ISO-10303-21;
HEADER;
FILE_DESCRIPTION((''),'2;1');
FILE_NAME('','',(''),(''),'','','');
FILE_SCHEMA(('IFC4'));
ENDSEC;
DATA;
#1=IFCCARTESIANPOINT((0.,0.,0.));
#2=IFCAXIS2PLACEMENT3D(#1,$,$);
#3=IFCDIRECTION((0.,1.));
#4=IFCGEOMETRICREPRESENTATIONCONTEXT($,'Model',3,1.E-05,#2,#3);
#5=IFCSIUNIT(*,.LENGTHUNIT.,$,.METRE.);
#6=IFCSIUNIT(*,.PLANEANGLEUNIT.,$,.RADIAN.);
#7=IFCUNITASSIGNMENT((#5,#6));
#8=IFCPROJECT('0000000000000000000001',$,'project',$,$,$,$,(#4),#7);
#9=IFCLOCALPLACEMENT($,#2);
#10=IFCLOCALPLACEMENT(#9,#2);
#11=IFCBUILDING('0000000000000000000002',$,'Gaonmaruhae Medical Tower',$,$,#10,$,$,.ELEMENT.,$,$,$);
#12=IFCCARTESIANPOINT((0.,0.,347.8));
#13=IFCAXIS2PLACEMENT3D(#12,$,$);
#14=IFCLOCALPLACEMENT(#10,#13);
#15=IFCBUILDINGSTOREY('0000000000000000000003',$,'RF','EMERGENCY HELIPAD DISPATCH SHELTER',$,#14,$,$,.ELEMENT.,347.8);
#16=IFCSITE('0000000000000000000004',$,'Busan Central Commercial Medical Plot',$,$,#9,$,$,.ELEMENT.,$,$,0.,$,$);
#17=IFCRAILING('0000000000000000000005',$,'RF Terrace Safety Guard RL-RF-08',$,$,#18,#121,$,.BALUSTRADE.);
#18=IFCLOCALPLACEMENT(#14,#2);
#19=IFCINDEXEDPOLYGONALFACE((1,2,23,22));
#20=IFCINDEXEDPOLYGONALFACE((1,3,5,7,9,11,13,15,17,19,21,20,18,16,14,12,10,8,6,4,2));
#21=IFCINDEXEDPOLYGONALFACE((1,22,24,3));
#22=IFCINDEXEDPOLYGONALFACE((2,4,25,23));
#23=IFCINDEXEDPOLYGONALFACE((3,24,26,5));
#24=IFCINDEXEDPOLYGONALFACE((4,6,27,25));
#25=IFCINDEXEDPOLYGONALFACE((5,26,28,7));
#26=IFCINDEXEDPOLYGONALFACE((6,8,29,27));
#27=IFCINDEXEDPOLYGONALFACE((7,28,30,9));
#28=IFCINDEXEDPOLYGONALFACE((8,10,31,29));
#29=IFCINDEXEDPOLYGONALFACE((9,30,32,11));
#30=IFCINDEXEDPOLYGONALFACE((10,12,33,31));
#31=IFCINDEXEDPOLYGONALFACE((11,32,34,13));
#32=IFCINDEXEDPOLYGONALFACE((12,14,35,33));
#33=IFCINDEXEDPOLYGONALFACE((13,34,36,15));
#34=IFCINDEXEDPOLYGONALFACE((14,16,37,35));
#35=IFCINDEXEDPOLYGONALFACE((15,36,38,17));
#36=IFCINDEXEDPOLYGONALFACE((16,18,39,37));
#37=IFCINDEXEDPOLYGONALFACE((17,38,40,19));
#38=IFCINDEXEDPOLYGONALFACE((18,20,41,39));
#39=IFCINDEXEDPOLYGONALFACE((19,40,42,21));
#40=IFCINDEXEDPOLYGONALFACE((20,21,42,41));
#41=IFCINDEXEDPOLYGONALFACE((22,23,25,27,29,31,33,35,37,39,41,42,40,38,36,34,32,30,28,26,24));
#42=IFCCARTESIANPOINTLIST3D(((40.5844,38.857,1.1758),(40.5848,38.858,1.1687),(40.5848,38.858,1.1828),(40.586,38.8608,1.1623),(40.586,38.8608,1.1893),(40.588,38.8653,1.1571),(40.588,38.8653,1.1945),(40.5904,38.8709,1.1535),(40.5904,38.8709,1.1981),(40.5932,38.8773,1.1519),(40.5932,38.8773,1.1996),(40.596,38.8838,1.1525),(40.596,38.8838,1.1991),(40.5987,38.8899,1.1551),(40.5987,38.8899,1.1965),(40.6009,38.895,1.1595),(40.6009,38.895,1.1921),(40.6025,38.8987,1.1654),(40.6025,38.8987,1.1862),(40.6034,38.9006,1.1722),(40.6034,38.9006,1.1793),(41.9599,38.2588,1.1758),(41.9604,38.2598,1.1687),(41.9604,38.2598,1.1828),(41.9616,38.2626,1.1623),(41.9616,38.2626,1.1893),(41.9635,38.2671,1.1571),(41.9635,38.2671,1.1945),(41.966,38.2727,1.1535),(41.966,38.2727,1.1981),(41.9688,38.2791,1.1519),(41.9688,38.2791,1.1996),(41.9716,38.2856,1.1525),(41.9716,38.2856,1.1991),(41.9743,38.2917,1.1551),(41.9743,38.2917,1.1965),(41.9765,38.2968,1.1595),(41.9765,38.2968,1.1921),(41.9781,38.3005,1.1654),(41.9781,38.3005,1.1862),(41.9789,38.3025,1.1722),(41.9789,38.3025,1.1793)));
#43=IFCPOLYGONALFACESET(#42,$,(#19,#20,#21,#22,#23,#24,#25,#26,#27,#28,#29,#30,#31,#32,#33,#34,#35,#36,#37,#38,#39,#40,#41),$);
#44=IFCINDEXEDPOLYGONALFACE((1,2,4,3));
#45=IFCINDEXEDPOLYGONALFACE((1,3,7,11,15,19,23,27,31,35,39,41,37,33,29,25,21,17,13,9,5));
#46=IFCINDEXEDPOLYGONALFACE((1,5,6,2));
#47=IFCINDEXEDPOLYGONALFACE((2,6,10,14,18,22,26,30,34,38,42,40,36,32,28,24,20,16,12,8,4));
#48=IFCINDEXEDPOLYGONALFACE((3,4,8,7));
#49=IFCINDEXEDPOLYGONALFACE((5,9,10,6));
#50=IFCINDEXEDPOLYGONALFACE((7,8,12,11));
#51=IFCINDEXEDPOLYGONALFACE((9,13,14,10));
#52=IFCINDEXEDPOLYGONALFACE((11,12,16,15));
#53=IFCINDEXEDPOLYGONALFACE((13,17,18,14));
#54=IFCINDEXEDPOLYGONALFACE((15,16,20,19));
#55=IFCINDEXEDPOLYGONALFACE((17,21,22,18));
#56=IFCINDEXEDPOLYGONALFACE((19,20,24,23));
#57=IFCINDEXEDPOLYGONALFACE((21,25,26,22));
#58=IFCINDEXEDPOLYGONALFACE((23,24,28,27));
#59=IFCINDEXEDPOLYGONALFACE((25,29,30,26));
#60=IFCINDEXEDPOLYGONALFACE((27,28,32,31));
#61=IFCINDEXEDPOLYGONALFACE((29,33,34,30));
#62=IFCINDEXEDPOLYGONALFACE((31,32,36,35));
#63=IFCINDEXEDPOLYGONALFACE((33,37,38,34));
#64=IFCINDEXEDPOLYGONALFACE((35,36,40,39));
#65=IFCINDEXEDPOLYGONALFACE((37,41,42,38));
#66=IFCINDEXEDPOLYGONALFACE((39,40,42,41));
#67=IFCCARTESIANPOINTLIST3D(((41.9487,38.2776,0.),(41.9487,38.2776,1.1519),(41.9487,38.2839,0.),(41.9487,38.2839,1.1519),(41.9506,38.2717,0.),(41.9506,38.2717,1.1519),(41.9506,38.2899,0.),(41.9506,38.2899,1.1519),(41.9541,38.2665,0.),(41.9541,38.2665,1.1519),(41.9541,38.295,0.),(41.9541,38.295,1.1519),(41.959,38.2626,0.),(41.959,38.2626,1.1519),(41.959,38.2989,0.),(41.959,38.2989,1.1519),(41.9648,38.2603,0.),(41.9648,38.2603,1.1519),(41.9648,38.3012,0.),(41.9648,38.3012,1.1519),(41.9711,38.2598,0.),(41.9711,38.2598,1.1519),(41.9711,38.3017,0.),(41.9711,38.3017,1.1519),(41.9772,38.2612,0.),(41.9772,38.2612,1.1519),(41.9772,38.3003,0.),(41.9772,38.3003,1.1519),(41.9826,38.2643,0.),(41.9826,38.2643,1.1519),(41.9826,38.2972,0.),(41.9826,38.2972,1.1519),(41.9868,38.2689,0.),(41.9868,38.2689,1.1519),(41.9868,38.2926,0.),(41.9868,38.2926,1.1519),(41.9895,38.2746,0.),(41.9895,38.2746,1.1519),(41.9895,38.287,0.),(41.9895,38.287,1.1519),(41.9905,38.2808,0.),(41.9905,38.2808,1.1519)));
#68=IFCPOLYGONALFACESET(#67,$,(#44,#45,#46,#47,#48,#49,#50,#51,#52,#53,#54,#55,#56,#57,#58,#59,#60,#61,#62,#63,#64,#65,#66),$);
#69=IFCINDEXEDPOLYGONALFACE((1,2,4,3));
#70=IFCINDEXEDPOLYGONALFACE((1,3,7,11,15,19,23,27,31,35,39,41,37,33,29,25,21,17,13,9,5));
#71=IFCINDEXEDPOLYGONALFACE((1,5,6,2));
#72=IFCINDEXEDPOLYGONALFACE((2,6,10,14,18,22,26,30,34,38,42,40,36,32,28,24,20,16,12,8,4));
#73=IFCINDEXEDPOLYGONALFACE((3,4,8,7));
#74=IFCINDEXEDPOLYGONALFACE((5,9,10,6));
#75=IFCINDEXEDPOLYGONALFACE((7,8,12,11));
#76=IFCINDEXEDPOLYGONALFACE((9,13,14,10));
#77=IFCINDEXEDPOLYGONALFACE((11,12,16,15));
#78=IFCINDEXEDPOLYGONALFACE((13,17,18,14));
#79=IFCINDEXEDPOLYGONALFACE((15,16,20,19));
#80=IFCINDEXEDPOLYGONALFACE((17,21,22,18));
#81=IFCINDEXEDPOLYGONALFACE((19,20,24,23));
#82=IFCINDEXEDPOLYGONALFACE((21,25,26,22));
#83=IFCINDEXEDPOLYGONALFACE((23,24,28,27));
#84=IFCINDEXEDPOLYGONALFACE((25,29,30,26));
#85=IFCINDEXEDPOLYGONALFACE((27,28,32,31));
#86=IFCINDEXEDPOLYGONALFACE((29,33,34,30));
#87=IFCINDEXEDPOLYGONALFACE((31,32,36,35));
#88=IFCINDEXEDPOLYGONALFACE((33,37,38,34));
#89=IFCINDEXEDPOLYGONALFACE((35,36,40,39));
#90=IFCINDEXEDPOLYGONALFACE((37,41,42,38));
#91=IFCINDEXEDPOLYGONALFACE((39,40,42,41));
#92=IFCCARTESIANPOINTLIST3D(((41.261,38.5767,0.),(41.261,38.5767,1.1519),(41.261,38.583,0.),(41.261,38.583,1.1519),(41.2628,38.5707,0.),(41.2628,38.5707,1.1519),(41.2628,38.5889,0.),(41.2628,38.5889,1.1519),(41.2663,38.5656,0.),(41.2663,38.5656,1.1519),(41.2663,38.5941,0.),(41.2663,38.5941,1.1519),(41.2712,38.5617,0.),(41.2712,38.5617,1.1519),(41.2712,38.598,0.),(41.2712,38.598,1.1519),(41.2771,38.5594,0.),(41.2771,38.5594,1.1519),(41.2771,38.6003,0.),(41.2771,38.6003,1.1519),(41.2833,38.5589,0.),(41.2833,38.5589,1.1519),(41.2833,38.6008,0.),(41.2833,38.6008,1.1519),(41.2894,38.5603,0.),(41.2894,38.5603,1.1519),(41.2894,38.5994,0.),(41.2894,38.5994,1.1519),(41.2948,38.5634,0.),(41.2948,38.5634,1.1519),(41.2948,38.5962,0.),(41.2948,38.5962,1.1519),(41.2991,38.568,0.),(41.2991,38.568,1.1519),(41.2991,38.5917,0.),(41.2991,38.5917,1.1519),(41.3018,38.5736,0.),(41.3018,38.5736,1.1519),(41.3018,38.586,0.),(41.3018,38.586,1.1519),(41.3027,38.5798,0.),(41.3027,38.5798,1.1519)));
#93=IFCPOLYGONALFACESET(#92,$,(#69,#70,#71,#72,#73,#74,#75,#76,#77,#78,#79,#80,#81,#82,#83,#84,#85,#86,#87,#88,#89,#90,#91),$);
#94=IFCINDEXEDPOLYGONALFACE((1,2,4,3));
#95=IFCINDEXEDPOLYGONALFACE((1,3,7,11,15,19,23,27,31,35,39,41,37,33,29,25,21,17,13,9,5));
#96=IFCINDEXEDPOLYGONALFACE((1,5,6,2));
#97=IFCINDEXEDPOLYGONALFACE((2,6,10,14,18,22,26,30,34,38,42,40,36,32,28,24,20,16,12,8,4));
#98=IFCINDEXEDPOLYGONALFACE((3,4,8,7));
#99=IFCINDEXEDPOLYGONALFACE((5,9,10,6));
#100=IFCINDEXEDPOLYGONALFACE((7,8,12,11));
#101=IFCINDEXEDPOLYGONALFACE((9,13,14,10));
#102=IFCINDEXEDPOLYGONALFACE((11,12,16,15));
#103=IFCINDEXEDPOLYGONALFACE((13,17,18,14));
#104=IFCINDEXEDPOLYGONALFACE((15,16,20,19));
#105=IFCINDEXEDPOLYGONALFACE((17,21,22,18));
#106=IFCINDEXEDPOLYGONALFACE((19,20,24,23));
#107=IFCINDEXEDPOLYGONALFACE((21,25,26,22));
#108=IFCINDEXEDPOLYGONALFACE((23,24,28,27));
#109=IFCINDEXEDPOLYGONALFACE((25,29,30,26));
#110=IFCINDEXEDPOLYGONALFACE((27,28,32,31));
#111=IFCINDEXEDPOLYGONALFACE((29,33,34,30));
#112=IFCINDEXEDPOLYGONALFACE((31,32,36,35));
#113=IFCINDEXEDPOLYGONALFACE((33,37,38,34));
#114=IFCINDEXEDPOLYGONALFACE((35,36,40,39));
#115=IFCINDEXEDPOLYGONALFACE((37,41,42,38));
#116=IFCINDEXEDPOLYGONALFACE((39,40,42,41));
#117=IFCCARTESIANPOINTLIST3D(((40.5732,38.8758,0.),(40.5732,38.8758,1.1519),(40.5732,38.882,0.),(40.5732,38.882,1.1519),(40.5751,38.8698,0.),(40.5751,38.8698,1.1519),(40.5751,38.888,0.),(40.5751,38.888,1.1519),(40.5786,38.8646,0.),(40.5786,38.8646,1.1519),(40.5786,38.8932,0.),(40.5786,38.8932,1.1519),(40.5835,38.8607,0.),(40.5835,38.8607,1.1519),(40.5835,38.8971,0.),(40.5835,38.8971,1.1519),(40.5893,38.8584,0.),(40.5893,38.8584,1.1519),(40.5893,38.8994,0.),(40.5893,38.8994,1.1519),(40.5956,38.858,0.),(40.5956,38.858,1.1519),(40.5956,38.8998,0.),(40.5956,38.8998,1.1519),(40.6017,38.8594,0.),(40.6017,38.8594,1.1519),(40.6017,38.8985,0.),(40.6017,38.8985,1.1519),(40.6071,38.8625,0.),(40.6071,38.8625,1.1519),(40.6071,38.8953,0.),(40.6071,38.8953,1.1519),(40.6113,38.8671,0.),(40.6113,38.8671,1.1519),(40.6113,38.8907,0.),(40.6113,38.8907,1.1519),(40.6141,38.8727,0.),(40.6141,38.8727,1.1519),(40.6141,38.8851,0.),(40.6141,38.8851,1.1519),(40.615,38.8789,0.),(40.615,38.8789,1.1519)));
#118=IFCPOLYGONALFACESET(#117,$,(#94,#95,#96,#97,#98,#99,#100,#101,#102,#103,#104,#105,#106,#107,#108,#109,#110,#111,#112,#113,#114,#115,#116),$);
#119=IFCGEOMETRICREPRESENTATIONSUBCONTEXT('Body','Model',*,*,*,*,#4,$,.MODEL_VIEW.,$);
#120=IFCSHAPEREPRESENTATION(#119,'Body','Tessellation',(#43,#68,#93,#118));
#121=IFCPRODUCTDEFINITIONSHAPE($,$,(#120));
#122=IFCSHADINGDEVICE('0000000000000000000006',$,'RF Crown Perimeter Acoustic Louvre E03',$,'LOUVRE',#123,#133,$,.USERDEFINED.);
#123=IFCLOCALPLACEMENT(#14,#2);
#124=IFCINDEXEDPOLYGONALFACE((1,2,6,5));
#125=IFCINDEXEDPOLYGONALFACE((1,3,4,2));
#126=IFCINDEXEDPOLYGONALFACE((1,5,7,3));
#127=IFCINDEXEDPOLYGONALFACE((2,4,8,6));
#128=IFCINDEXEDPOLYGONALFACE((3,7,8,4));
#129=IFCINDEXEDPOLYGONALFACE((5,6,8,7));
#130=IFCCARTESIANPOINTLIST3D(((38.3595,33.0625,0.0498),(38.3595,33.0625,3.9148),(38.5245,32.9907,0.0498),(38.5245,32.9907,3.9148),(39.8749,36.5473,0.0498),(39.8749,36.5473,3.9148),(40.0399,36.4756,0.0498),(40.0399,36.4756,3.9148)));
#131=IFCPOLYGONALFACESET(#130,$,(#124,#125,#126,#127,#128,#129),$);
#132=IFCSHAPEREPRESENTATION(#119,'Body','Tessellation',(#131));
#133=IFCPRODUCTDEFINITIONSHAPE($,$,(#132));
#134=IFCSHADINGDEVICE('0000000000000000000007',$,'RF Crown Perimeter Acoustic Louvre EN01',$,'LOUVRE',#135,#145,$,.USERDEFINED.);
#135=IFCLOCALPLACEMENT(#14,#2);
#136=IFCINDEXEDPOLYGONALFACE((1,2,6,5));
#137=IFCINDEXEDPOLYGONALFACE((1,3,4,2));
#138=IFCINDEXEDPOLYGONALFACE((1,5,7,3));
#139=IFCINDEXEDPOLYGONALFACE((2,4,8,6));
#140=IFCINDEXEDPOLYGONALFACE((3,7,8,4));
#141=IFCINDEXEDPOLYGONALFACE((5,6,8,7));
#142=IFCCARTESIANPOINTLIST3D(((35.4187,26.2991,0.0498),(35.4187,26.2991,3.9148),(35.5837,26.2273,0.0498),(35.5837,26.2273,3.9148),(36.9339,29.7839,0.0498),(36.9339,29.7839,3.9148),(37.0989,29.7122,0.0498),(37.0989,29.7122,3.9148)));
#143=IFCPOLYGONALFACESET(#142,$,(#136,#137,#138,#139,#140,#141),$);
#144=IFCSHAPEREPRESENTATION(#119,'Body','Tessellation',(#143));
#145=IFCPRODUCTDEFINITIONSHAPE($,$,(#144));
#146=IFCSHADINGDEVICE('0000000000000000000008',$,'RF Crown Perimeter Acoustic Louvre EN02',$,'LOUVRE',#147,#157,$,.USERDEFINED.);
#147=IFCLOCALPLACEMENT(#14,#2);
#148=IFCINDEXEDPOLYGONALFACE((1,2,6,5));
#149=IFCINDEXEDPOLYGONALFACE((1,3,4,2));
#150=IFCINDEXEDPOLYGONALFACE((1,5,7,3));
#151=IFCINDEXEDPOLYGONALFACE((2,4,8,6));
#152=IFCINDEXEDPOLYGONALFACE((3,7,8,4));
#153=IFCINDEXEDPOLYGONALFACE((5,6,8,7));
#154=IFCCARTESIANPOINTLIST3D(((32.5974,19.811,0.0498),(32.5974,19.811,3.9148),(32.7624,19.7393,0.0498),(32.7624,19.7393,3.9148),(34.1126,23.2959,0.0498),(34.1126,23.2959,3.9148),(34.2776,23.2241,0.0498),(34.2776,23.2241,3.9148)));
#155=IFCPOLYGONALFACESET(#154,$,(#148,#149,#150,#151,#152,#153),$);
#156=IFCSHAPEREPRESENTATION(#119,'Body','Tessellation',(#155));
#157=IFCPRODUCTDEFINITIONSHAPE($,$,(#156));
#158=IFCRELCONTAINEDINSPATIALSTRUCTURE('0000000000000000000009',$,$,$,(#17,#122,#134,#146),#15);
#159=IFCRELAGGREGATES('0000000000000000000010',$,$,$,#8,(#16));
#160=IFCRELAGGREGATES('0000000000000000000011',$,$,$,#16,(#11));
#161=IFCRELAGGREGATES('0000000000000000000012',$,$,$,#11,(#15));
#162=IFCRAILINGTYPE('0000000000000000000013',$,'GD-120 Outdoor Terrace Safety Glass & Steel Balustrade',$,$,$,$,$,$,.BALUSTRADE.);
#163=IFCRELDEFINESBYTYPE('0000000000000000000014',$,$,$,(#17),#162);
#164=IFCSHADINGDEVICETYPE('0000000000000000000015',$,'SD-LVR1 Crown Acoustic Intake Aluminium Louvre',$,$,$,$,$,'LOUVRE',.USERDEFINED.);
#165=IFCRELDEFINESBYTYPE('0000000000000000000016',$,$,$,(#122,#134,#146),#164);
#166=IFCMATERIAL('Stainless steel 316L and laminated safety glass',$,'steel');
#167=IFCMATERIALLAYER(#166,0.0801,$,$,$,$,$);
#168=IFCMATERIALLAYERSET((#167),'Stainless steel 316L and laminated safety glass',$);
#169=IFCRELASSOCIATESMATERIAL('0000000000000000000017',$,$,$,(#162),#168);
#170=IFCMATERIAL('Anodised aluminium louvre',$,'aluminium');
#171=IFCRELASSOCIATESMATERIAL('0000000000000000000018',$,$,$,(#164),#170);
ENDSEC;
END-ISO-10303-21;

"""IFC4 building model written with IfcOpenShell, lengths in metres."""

from ifc_helpers import new_model, si_unit, direction, frame, origin, origin_2d, place, context, subcontext, project, spatial, rectangle, circle, extrude, material, layer, layer_set, type_object, element, save


model = new_model("IFC4")

# Units and contexts
model_context = context("Model", 3, precision=1e-05, world=origin(), true_north=direction((0.0, 1.0)))
body_context = subcontext(model_context, "Body", "Model", "MODEL_VIEW")
ifc_project = project(units=[si_unit("LENGTHUNIT", "METRE"), si_unit("PLANEANGLEUNIT", "RADIAN")], contexts=[model_context])

# Site, building, storey
site_placement = place(None, origin())
site = spatial("IfcSite", under=ifc_project, at=site_placement, Name="Busan Central Commercial Medical Plot", CompositionType="ELEMENT", RefElevation=0.0)
building_placement = place(site_placement, origin())
building = spatial("IfcBuilding", under=site, at=building_placement, Name="Gaonmaruhae Medical Tower", CompositionType="ELEMENT")
storey_placement = place(building_placement, frame((0.0, 0.0, 347.8)))
storey = spatial("IfcBuildingStorey", under=building, at=storey_placement, Name="RF", Description="EMERGENCY HELIPAD DISPATCH SHELTER", CompositionType="ELEMENT", Elevation=347.8)

# Railing
ifc_material_1 = material(Name="Stainless steel 316L and laminated safety glass", Category="steel")
ifc_layer_1 = layer(ifc_material_1, 0.0801)
ifc_layer_set_1 = layer_set([ifc_layer_1], Name="Stainless steel 316L and laminated safety glass")
railing_type = type_object("IfcRailingType", Name="GD-120 Outdoor Terrace Safety Glass & Steel Balustrade", PredefinedType="BALUSTRADE", material=ifc_layer_set_1)
railing_1_placement = place(storey_placement, frame((41.9695, 38.2808, 0.0)))
element("IfcRailing", 1, at=railing_1_placement, inside=storey, type_object=railing_type, Name="RF Terrace Safety Guard RL-RF-08", PredefinedType="BALUSTRADE", context=body_context, shape_type="SweptSolid", body=[
    extrude(circle(Radius=0.0239, at=origin_2d()), frame((0.0, 0.0, 1.1758), z_axis=(-0.917044, 0.398786, 0.0), x_axis=(-0.398786, -0.917044, 0.0)), (0.0, 0.0, 1.0), 1.5),
    extrude(circle(Radius=0.021, at=origin_2d()), origin(), (0.0, 0.0, 1.0), 1.1519),
    extrude(circle(Radius=0.021, at=origin_2d()), frame((-0.6877, 0.2991, 0.0)), (0.0, 0.0, 1.0), 1.1519),
    extrude(circle(Radius=0.021, at=origin_2d()), frame((-1.3755, 0.5981, 0.0)), (0.0, 0.0, 1.0), 1.1519),
])

# Shading devices
ifc_material_2 = material(Name="Anodised aluminium louvre", Category="aluminium")
shading_device_type = type_object("IfcShadingDeviceType", Name="SD-LVR1 Crown Acoustic Intake Aluminium Louvre", ElementType="LOUVRE", PredefinedType="USERDEFINED", material=ifc_material_2)
for number, where, z_axis, x_axis, name in (
    (2, (39.1997, 34.769, 0.0498), (0.0, 0.0, 1.0), (0.398765, 0.917053, 0.0), "RF Crown Perimeter Acoustic Louvre E03"),
    (3, (36.2588, 28.0056, 0.0498), (0.0, 0.0, 1.0), (0.398749, 0.91706, 0.0), "RF Crown Perimeter Acoustic Louvre EN01"),
    (4, (33.4375, 21.5176, 0.0498), (0.0, 0.0, 1.0), (0.398749, 0.91706, 0.0), "RF Crown Perimeter Acoustic Louvre EN02"),
):
    element("IfcShadingDevice", number, at=place(storey_placement, frame(where, z_axis=z_axis, x_axis=x_axis)), inside=storey, type_object=shading_device_type, Name=name, ObjectType="LOUVRE", PredefinedType="USERDEFINED", context=body_context, shape_type="SweptSolid", body=[
        extrude(rectangle(XDim=3.8, YDim=0.1799, at=origin_2d()), origin(), (0.0, 0.0, 1.0), 3.865),
    ])

save(model, "model.ifc")
